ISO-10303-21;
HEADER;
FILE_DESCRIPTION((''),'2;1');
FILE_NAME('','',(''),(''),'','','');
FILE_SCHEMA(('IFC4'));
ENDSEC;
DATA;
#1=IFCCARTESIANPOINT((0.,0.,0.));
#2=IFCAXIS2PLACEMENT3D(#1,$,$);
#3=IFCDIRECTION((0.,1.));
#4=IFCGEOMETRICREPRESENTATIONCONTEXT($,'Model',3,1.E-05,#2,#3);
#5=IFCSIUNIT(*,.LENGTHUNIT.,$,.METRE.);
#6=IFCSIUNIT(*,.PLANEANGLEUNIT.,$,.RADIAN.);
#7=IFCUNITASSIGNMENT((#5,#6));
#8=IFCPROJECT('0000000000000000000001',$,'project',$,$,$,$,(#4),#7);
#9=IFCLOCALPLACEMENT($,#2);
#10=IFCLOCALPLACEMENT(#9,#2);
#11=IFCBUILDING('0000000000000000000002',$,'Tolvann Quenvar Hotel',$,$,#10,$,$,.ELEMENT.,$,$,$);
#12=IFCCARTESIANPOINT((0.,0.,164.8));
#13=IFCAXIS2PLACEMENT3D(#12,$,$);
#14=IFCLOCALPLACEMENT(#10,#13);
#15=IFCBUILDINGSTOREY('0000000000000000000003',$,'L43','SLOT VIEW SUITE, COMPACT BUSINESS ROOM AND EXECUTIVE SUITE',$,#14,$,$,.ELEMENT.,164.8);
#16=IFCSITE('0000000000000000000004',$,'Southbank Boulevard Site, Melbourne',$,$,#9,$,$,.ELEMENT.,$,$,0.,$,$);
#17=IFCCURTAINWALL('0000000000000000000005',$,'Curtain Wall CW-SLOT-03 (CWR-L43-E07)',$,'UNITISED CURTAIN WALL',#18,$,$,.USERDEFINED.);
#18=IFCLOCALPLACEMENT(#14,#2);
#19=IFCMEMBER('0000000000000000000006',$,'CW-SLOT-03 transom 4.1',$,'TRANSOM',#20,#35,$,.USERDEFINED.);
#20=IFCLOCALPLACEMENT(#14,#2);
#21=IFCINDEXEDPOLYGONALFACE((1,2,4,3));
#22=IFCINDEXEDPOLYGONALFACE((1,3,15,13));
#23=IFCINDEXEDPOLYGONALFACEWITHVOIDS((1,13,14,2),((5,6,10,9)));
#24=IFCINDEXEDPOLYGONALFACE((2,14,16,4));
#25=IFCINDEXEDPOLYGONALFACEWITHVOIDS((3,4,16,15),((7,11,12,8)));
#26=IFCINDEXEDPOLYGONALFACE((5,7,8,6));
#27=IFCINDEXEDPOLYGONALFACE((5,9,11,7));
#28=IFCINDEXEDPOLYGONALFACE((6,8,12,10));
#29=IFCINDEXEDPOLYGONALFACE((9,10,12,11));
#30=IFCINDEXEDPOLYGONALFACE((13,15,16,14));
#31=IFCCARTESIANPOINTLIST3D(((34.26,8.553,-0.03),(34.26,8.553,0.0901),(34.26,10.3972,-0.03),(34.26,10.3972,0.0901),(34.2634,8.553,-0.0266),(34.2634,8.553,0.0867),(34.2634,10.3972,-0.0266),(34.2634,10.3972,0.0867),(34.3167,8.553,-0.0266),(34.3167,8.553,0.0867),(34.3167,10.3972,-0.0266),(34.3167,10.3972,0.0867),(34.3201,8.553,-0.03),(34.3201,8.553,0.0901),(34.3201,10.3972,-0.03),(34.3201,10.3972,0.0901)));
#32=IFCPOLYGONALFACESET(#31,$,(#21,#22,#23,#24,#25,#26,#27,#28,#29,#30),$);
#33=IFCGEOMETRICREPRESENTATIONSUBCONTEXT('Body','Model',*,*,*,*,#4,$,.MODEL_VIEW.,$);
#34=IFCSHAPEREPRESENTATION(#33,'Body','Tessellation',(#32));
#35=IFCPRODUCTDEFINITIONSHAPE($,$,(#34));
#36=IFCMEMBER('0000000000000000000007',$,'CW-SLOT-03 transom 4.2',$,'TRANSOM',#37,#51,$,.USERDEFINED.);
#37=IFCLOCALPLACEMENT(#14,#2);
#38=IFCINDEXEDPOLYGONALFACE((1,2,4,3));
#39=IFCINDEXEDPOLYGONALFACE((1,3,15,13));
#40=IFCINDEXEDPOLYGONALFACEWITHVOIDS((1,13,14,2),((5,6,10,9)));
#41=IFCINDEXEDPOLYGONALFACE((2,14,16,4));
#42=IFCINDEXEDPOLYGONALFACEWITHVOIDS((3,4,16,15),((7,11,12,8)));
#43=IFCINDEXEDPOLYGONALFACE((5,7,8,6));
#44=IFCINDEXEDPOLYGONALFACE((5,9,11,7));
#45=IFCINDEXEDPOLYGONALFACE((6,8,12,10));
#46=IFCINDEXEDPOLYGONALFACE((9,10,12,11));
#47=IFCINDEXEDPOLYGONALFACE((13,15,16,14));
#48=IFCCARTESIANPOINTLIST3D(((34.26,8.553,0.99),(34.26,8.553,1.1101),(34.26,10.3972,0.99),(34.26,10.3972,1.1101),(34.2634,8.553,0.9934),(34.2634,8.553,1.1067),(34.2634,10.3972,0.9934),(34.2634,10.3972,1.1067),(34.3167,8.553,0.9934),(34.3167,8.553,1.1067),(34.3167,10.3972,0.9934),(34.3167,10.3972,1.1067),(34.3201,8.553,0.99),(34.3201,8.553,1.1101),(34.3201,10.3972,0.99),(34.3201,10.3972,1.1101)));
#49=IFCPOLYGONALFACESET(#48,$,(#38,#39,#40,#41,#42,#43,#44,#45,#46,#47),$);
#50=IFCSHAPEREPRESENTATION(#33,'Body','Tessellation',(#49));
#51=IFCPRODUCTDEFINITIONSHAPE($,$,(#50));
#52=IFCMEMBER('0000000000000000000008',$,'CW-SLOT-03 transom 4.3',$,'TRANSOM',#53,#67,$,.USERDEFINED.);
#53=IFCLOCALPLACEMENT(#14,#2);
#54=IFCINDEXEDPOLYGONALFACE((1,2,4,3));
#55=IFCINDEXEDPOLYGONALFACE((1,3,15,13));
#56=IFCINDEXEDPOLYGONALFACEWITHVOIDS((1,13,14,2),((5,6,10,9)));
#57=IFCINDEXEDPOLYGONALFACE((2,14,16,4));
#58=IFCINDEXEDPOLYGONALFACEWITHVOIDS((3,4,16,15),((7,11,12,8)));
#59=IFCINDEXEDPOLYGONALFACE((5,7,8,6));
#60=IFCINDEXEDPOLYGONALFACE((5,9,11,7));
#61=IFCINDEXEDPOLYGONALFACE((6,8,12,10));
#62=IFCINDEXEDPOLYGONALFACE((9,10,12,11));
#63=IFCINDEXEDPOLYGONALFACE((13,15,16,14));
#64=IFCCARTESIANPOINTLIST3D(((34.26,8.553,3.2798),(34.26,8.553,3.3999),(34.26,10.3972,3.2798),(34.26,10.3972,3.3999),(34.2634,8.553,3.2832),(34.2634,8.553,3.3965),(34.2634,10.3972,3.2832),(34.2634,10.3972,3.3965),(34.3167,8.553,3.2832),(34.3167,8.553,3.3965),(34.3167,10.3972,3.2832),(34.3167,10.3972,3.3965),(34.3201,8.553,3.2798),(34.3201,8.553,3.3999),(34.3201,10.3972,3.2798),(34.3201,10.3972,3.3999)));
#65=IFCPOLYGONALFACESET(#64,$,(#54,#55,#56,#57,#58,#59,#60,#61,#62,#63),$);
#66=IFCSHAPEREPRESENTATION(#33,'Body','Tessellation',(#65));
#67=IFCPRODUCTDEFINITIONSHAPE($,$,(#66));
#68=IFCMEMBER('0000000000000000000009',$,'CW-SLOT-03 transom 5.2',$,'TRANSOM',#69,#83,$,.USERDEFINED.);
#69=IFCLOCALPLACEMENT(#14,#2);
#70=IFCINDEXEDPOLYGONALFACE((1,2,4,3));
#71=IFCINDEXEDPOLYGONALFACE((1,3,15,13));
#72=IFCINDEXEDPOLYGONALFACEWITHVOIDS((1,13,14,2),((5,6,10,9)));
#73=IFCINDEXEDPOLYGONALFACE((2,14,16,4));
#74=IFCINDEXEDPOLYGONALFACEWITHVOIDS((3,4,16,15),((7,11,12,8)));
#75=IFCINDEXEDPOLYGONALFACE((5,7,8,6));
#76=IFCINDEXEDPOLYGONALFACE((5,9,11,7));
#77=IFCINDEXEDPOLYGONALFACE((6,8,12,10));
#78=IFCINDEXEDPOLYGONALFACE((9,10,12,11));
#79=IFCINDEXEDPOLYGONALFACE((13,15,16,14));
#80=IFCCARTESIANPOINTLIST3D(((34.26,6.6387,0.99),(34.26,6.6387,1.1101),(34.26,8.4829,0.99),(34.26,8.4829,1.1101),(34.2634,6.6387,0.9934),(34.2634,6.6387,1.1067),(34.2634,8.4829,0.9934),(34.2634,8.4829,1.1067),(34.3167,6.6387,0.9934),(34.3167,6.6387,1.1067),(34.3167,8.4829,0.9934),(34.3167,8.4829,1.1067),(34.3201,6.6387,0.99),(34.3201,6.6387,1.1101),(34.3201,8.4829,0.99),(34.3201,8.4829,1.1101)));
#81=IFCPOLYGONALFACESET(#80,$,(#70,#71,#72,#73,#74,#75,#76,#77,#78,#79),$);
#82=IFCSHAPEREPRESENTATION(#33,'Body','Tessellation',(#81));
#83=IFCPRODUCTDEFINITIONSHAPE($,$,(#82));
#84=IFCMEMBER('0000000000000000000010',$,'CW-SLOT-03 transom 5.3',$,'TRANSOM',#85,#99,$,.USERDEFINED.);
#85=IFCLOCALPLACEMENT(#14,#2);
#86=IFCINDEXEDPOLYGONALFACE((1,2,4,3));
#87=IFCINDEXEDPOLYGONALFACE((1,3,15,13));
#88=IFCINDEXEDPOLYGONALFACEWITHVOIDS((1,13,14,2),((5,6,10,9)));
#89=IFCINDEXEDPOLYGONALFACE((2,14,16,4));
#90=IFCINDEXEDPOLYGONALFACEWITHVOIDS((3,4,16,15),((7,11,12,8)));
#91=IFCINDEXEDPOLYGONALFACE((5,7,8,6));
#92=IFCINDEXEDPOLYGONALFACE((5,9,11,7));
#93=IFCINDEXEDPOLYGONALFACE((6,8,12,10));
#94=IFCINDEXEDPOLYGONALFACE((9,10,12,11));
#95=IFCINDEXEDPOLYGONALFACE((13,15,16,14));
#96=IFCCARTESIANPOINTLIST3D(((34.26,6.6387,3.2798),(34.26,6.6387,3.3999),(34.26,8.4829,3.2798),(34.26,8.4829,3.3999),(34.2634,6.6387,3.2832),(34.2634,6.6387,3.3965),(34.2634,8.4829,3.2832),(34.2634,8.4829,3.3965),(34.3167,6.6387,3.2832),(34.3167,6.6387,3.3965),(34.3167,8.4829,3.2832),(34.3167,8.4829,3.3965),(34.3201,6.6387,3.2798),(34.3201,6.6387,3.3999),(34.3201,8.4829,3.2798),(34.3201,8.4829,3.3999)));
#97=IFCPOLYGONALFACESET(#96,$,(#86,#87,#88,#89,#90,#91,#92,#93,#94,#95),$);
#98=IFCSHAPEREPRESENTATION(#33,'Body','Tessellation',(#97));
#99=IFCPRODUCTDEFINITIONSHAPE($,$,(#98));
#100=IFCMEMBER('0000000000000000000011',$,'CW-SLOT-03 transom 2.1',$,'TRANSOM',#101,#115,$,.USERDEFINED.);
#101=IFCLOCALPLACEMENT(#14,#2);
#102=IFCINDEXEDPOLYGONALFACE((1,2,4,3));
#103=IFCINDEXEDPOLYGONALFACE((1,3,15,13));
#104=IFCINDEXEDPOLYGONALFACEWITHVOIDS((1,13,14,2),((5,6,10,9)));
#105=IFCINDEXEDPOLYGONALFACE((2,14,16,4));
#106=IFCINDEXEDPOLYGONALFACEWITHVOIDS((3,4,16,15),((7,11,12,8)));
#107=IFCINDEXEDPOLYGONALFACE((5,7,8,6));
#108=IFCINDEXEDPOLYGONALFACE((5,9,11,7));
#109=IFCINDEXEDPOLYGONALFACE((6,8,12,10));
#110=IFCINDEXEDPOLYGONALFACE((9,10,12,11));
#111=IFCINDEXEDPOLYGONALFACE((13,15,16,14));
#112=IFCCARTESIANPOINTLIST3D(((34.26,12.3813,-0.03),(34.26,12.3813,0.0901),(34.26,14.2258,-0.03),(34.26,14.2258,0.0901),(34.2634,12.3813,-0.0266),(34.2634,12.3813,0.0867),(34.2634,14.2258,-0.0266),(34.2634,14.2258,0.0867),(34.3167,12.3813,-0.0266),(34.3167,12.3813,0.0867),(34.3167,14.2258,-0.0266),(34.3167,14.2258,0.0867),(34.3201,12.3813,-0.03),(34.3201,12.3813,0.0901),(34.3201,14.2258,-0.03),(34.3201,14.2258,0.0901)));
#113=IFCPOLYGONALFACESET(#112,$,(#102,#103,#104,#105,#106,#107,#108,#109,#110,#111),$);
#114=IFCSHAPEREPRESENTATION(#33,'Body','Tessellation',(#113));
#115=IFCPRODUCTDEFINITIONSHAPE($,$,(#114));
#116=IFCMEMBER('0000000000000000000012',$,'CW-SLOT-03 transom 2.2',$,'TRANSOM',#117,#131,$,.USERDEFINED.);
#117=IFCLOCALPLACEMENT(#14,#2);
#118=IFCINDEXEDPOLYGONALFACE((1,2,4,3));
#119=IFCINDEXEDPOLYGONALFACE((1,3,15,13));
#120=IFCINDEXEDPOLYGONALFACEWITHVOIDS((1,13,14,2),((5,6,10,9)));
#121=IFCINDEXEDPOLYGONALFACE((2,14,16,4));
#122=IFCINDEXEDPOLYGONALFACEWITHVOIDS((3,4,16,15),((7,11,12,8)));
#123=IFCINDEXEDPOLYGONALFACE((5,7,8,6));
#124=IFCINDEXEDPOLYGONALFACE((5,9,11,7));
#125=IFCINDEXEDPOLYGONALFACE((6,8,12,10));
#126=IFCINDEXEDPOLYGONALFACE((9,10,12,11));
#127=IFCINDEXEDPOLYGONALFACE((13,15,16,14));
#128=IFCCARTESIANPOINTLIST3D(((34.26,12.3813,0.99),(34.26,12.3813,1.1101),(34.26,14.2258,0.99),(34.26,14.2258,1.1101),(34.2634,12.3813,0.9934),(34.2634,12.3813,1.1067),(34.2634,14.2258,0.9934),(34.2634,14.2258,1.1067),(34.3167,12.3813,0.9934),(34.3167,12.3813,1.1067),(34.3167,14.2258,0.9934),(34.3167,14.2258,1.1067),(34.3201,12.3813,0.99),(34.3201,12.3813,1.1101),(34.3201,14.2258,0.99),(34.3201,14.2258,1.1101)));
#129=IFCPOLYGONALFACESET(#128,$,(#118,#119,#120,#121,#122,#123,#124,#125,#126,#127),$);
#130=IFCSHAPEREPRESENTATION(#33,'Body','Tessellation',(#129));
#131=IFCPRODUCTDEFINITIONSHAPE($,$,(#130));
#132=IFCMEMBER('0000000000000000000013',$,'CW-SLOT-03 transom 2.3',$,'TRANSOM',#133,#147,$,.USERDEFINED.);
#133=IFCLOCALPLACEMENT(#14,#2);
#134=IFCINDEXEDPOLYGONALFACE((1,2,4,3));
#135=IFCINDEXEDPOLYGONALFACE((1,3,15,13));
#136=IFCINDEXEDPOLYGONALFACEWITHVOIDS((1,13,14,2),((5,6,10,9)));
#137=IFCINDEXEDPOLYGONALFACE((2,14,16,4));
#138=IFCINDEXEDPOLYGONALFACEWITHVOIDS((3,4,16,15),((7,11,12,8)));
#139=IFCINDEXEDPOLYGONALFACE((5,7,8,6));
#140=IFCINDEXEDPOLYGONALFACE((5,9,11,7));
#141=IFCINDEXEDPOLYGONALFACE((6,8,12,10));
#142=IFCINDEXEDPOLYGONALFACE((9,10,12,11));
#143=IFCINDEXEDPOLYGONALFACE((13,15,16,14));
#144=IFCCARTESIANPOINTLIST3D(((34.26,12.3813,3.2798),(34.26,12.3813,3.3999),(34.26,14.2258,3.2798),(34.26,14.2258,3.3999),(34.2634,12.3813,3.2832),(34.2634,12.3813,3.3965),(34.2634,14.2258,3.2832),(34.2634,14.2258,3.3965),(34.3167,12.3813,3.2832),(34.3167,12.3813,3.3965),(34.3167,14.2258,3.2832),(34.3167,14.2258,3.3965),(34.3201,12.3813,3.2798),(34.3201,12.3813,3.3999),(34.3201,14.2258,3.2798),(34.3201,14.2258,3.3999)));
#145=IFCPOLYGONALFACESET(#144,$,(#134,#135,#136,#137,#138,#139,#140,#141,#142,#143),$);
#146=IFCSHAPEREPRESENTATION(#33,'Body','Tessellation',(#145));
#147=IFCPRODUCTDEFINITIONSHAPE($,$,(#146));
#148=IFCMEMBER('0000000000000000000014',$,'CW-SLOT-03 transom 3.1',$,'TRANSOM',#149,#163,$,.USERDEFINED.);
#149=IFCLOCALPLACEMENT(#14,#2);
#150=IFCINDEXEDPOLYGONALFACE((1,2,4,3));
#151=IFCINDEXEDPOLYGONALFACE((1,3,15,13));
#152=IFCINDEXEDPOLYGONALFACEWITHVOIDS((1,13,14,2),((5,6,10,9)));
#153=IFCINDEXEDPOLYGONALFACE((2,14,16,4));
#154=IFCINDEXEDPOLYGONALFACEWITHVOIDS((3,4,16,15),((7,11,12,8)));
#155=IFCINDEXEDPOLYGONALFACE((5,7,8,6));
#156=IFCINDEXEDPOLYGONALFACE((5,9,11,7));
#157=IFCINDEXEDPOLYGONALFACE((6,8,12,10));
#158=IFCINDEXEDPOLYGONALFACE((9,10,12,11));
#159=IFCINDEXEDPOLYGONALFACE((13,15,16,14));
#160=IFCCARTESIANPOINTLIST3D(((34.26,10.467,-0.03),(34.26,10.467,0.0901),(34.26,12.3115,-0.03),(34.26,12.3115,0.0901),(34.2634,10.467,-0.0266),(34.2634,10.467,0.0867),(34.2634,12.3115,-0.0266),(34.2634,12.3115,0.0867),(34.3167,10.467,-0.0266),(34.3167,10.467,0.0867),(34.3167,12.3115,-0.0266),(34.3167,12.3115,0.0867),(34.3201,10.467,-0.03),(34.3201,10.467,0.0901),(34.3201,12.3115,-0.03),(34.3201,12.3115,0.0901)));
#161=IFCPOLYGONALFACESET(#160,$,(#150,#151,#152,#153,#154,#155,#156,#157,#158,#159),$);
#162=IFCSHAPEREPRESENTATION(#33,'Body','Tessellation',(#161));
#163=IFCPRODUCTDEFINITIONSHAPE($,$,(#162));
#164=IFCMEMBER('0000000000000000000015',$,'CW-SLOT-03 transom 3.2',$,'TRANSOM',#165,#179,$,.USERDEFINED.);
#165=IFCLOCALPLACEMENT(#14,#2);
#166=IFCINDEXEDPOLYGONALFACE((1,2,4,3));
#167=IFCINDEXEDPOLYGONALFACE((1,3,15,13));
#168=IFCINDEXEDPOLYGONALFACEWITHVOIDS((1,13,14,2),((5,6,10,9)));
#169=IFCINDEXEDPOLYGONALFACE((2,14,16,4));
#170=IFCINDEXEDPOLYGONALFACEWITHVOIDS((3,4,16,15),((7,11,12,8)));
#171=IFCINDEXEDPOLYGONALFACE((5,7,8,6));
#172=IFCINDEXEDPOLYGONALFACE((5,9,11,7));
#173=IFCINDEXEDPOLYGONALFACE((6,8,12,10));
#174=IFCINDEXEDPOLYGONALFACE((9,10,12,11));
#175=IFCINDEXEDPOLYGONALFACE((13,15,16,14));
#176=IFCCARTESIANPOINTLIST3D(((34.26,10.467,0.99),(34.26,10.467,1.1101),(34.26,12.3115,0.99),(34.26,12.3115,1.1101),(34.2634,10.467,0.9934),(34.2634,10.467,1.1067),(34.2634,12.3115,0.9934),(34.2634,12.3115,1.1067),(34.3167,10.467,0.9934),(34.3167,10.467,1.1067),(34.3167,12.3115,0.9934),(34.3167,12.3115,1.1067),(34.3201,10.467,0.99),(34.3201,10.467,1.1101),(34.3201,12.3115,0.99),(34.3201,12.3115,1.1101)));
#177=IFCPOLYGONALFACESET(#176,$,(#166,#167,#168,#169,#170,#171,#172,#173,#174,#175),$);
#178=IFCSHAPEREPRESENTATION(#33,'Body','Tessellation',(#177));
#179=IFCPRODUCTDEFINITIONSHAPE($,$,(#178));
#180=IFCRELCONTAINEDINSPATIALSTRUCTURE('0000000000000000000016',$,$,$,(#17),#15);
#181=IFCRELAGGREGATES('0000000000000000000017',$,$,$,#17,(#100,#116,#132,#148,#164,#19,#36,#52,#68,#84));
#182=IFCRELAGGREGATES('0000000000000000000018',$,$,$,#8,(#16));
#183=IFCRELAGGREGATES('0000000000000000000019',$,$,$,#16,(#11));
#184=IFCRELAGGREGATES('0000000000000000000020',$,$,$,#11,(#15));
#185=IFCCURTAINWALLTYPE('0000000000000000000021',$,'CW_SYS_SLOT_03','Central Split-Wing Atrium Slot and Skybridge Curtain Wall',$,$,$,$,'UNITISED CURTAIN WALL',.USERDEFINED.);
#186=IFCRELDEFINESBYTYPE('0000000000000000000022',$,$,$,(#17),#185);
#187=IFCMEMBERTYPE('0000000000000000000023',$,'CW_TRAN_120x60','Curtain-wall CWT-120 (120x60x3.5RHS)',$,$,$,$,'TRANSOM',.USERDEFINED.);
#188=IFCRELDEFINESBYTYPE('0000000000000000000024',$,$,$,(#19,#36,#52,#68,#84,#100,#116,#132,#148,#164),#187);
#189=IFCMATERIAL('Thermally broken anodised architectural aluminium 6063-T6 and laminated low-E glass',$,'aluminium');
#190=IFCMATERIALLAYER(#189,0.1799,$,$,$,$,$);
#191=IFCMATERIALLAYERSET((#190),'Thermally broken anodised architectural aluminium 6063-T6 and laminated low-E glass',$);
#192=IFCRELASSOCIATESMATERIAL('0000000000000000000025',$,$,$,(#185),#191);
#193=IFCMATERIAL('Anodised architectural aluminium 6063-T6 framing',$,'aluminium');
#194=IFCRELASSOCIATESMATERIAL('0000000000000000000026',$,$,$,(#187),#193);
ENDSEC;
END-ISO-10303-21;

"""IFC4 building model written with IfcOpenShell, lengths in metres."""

from ifc_helpers import new_model, si_unit, direction, frame, origin, origin_2d, place, context, subcontext, project, spatial, hollow_rectangle, extrude, source, transform, mapped, material, layer, layer_set, material_profile, profile_set, type_object, type_shapes, element, aggregate, save


model = new_model("IFC4")

# Units and contexts
model_context = context("Model", 3, precision=1e-05, world=origin(), true_north=direction((0.0, 1.0)))
body_context = subcontext(model_context, "Body", "Model", "MODEL_VIEW")
ifc_project = project(units=[si_unit("LENGTHUNIT", "METRE"), si_unit("PLANEANGLEUNIT", "RADIAN")], contexts=[model_context])

# Site, building, storey
site_placement = place(None, origin())
site = spatial("IfcSite", under=ifc_project, at=site_placement, Name="Southbank Boulevard Site, Melbourne", CompositionType="ELEMENT", RefElevation=0.0)
building_placement = place(site_placement, origin())
building = spatial("IfcBuilding", under=site, at=building_placement, Name="Tolvann Quenvar Hotel", CompositionType="ELEMENT")
storey_placement = place(building_placement, frame((0.0, 0.0, 164.8)))
storey = spatial("IfcBuildingStorey", under=building, at=storey_placement, Name="L43", Description="SLOT VIEW SUITE, COMPACT BUSINESS ROOM AND EXECUTIVE SUITE", CompositionType="ELEMENT", Elevation=164.8)

# Curtain wall, members
ifc_material_1 = material(Name="Thermally broken anodised architectural aluminium 6063-T6 and laminated low-E glass", Category="aluminium")
ifc_layer_1 = layer(ifc_material_1, 0.1799)
ifc_layer_set_1 = layer_set([ifc_layer_1], Name="Thermally broken anodised architectural aluminium 6063-T6 and laminated low-E glass")
curtain_wall_type = type_object("IfcCurtainWallType", Name="CW_SYS_SLOT_03", Description="Central Split-Wing Atrium Slot and Skybridge Curtain Wall", ElementType="UNITISED CURTAIN WALL", PredefinedType="USERDEFINED", material=ifc_layer_set_1)
curtain_wall_placement = place(storey_placement, origin())
curtain_wall = element("IfcCurtainWall", 1, at=curtain_wall_placement, inside=storey, type_object=curtain_wall_type, Name="Curtain Wall CW-SLOT-03 (CWR-L43-E07)", ObjectType="UNITISED CURTAIN WALL", PredefinedType="USERDEFINED")
ifc_material_2 = material(Name="Anodised architectural aluminium 6063-T6 framing", Category="aluminium")
ifc_material_profile_1 = material_profile(ifc_material_2, hollow_rectangle(XDim=0.0601, YDim=0.1201, WallThickness=0.0034, at=origin_2d()), Name="120x60x3.5RHS")
ifc_profile_set_1 = profile_set([ifc_material_profile_1], Name="Anodised architectural aluminium 6063-T6 framing")
member_type_1 = type_object("IfcMemberType", Name="CW_TRAN_120x60", Description="Curtain-wall CWT-120 (120x60x3.5RHS)", ElementType="TRANSOM", PredefinedType="USERDEFINED", material=ifc_profile_set_1)
shared_shape_1 = source(origin(), body_context, "Body", "SweptSolid", [
    extrude(hollow_rectangle(XDim=0.0601, YDim=0.1201, WallThickness=0.0034, at=origin_2d()), origin(), (0.0, 0.0, 1.0), 1.8442),
])
member_1_placement = place(storey_placement, frame((34.29, 10.3972, 0.03), z_axis=(0.0, -1.0, 0.0), x_axis=(1.0, 0.0, 0.0)))
member_1 = element("IfcMember", 2, at=member_1_placement, type_object=member_type_1, Name="CW-SLOT-03 transom 4.1", ObjectType="TRANSOM", PredefinedType="USERDEFINED", context=body_context, shape_type="MappedRepresentation", body=[
    mapped(shared_shape_1, transform((0.0, 0.0, 0.0), x_axis=(1.0, 0.0, 0.0), y_axis=(0.0, 1.0, 0.0), z_axis=(0.0, 0.0, 1.0), scale=1.0)),
])
member_2_placement = place(storey_placement, frame((34.29, 10.3972, 1.05), z_axis=(0.0, -1.0, 0.0), x_axis=(1.0, 0.0, 0.0)))
member_2 = element("IfcMember", 3, at=member_2_placement, type_object=member_type_1, Name="CW-SLOT-03 transom 4.2", ObjectType="TRANSOM", PredefinedType="USERDEFINED", context=body_context, shape_type="MappedRepresentation", body=[
    mapped(shared_shape_1, transform((0.0, 0.0, 0.0), x_axis=(1.0, 0.0, 0.0), y_axis=(0.0, 1.0, 0.0), z_axis=(0.0, 0.0, 1.0), scale=1.0)),
])
member_3_placement = place(storey_placement, frame((34.29, 10.3972, 3.3398), z_axis=(0.0, -1.0, 0.0), x_axis=(1.0, 0.0, 0.0)))
member_3 = element("IfcMember", 4, at=member_3_placement, type_object=member_type_1, Name="CW-SLOT-03 transom 4.3", ObjectType="TRANSOM", PredefinedType="USERDEFINED", context=body_context, shape_type="MappedRepresentation", body=[
    mapped(shared_shape_1, transform((0.0, 0.0, 0.0), x_axis=(1.0, 0.0, 0.0), y_axis=(0.0, 1.0, 0.0), z_axis=(0.0, 0.0, 1.0), scale=1.0)),
])
member_4_placement = place(storey_placement, frame((34.29, 8.4829, 1.05), z_axis=(0.0, -1.0, 0.0), x_axis=(1.0, 0.0, 0.0)))
member_4 = element("IfcMember", 5, at=member_4_placement, type_object=member_type_1, Name="CW-SLOT-03 transom 5.2", ObjectType="TRANSOM", PredefinedType="USERDEFINED", context=body_context, shape_type="MappedRepresentation", body=[
    mapped(shared_shape_1, transform((0.0, 0.0, 0.0), x_axis=(1.0, 0.0, 0.0), y_axis=(0.0, 1.0, 0.0), z_axis=(0.0, 0.0, 1.0), scale=1.0)),
])
member_5_placement = place(storey_placement, frame((34.29, 8.4829, 3.3398), z_axis=(0.0, -1.0, 0.0), x_axis=(1.0, 0.0, 0.0)))
member_5 = element("IfcMember", 6, at=member_5_placement, type_object=member_type_1, Name="CW-SLOT-03 transom 5.3", ObjectType="TRANSOM", PredefinedType="USERDEFINED", context=body_context, shape_type="MappedRepresentation", body=[
    mapped(shared_shape_1, transform((0.0, 0.0, 0.0), x_axis=(1.0, 0.0, 0.0), y_axis=(0.0, 1.0, 0.0), z_axis=(0.0, 0.0, 1.0), scale=1.0)),
])
shared_shape_2 = source(origin(), body_context, "Body", "SweptSolid", [
    extrude(hollow_rectangle(XDim=0.0601, YDim=0.1201, WallThickness=0.0034, at=origin_2d()), origin(), (0.0, 0.0, 1.0), 1.8445),
])
type_shapes(member_type_1, [shared_shape_1, shared_shape_2])
member_6_placement = place(storey_placement, frame((34.29, 14.2258, 0.03), z_axis=(0.0, -1.0, 0.0), x_axis=(1.0, 0.0, 0.0)))
member_6 = element("IfcMember", 7, at=member_6_placement, type_object=member_type_1, Name="CW-SLOT-03 transom 2.1", ObjectType="TRANSOM", PredefinedType="USERDEFINED", context=body_context, shape_type="MappedRepresentation", body=[
    mapped(shared_shape_2, transform((0.0, 0.0, 0.0), x_axis=(1.0, 0.0, 0.0), y_axis=(0.0, 1.0, 0.0), z_axis=(0.0, 0.0, 1.0), scale=1.0)),
])
member_7_placement = place(storey_placement, frame((34.29, 14.2258, 1.05), z_axis=(0.0, -1.0, 0.0), x_axis=(1.0, 0.0, 0.0)))
member_7 = element("IfcMember", 8, at=member_7_placement, type_object=member_type_1, Name="CW-SLOT-03 transom 2.2", ObjectType="TRANSOM", PredefinedType="USERDEFINED", context=body_context, shape_type="MappedRepresentation", body=[
    mapped(shared_shape_2, transform((0.0, 0.0, 0.0), x_axis=(1.0, 0.0, 0.0), y_axis=(0.0, 1.0, 0.0), z_axis=(0.0, 0.0, 1.0), scale=1.0)),
])
member_8_placement = place(storey_placement, frame((34.29, 14.2258, 3.3398), z_axis=(0.0, -1.0, 0.0), x_axis=(1.0, 0.0, 0.0)))
member_8 = element("IfcMember", 9, at=member_8_placement, type_object=member_type_1, Name="CW-SLOT-03 transom 2.3", ObjectType="TRANSOM", PredefinedType="USERDEFINED", context=body_context, shape_type="MappedRepresentation", body=[
    mapped(shared_shape_2, transform((0.0, 0.0, 0.0), x_axis=(1.0, 0.0, 0.0), y_axis=(0.0, 1.0, 0.0), z_axis=(0.0, 0.0, 1.0), scale=1.0)),
])
member_9_placement = place(storey_placement, frame((34.29, 12.3115, 0.03), z_axis=(0.0, -1.0, 0.0), x_axis=(1.0, 0.0, 0.0)))
member_9 = element("IfcMember", 10, at=member_9_placement, type_object=member_type_1, Name="CW-SLOT-03 transom 3.1", ObjectType="TRANSOM", PredefinedType="USERDEFINED", context=body_context, shape_type="MappedRepresentation", body=[
    mapped(shared_shape_2, transform((0.0, 0.0, 0.0), x_axis=(1.0, 0.0, 0.0), y_axis=(0.0, 1.0, 0.0), z_axis=(0.0, 0.0, 1.0), scale=1.0)),
])
member_10_placement = place(storey_placement, frame((34.29, 12.3115, 1.05), z_axis=(0.0, -1.0, 0.0), x_axis=(1.0, 0.0, 0.0)))
member_10 = element("IfcMember", 11, at=member_10_placement, type_object=member_type_1, Name="CW-SLOT-03 transom 3.2", ObjectType="TRANSOM", PredefinedType="USERDEFINED", context=body_context, shape_type="MappedRepresentation", body=[
    mapped(shared_shape_2, transform((0.0, 0.0, 0.0), x_axis=(1.0, 0.0, 0.0), y_axis=(0.0, 1.0, 0.0), z_axis=(0.0, 0.0, 1.0), scale=1.0)),
])

aggregate(curtain_wall, [member_6, member_7, member_8, member_9, member_10, member_1, member_2, member_3, member_4, member_5])

save(model, "model.ifc")
